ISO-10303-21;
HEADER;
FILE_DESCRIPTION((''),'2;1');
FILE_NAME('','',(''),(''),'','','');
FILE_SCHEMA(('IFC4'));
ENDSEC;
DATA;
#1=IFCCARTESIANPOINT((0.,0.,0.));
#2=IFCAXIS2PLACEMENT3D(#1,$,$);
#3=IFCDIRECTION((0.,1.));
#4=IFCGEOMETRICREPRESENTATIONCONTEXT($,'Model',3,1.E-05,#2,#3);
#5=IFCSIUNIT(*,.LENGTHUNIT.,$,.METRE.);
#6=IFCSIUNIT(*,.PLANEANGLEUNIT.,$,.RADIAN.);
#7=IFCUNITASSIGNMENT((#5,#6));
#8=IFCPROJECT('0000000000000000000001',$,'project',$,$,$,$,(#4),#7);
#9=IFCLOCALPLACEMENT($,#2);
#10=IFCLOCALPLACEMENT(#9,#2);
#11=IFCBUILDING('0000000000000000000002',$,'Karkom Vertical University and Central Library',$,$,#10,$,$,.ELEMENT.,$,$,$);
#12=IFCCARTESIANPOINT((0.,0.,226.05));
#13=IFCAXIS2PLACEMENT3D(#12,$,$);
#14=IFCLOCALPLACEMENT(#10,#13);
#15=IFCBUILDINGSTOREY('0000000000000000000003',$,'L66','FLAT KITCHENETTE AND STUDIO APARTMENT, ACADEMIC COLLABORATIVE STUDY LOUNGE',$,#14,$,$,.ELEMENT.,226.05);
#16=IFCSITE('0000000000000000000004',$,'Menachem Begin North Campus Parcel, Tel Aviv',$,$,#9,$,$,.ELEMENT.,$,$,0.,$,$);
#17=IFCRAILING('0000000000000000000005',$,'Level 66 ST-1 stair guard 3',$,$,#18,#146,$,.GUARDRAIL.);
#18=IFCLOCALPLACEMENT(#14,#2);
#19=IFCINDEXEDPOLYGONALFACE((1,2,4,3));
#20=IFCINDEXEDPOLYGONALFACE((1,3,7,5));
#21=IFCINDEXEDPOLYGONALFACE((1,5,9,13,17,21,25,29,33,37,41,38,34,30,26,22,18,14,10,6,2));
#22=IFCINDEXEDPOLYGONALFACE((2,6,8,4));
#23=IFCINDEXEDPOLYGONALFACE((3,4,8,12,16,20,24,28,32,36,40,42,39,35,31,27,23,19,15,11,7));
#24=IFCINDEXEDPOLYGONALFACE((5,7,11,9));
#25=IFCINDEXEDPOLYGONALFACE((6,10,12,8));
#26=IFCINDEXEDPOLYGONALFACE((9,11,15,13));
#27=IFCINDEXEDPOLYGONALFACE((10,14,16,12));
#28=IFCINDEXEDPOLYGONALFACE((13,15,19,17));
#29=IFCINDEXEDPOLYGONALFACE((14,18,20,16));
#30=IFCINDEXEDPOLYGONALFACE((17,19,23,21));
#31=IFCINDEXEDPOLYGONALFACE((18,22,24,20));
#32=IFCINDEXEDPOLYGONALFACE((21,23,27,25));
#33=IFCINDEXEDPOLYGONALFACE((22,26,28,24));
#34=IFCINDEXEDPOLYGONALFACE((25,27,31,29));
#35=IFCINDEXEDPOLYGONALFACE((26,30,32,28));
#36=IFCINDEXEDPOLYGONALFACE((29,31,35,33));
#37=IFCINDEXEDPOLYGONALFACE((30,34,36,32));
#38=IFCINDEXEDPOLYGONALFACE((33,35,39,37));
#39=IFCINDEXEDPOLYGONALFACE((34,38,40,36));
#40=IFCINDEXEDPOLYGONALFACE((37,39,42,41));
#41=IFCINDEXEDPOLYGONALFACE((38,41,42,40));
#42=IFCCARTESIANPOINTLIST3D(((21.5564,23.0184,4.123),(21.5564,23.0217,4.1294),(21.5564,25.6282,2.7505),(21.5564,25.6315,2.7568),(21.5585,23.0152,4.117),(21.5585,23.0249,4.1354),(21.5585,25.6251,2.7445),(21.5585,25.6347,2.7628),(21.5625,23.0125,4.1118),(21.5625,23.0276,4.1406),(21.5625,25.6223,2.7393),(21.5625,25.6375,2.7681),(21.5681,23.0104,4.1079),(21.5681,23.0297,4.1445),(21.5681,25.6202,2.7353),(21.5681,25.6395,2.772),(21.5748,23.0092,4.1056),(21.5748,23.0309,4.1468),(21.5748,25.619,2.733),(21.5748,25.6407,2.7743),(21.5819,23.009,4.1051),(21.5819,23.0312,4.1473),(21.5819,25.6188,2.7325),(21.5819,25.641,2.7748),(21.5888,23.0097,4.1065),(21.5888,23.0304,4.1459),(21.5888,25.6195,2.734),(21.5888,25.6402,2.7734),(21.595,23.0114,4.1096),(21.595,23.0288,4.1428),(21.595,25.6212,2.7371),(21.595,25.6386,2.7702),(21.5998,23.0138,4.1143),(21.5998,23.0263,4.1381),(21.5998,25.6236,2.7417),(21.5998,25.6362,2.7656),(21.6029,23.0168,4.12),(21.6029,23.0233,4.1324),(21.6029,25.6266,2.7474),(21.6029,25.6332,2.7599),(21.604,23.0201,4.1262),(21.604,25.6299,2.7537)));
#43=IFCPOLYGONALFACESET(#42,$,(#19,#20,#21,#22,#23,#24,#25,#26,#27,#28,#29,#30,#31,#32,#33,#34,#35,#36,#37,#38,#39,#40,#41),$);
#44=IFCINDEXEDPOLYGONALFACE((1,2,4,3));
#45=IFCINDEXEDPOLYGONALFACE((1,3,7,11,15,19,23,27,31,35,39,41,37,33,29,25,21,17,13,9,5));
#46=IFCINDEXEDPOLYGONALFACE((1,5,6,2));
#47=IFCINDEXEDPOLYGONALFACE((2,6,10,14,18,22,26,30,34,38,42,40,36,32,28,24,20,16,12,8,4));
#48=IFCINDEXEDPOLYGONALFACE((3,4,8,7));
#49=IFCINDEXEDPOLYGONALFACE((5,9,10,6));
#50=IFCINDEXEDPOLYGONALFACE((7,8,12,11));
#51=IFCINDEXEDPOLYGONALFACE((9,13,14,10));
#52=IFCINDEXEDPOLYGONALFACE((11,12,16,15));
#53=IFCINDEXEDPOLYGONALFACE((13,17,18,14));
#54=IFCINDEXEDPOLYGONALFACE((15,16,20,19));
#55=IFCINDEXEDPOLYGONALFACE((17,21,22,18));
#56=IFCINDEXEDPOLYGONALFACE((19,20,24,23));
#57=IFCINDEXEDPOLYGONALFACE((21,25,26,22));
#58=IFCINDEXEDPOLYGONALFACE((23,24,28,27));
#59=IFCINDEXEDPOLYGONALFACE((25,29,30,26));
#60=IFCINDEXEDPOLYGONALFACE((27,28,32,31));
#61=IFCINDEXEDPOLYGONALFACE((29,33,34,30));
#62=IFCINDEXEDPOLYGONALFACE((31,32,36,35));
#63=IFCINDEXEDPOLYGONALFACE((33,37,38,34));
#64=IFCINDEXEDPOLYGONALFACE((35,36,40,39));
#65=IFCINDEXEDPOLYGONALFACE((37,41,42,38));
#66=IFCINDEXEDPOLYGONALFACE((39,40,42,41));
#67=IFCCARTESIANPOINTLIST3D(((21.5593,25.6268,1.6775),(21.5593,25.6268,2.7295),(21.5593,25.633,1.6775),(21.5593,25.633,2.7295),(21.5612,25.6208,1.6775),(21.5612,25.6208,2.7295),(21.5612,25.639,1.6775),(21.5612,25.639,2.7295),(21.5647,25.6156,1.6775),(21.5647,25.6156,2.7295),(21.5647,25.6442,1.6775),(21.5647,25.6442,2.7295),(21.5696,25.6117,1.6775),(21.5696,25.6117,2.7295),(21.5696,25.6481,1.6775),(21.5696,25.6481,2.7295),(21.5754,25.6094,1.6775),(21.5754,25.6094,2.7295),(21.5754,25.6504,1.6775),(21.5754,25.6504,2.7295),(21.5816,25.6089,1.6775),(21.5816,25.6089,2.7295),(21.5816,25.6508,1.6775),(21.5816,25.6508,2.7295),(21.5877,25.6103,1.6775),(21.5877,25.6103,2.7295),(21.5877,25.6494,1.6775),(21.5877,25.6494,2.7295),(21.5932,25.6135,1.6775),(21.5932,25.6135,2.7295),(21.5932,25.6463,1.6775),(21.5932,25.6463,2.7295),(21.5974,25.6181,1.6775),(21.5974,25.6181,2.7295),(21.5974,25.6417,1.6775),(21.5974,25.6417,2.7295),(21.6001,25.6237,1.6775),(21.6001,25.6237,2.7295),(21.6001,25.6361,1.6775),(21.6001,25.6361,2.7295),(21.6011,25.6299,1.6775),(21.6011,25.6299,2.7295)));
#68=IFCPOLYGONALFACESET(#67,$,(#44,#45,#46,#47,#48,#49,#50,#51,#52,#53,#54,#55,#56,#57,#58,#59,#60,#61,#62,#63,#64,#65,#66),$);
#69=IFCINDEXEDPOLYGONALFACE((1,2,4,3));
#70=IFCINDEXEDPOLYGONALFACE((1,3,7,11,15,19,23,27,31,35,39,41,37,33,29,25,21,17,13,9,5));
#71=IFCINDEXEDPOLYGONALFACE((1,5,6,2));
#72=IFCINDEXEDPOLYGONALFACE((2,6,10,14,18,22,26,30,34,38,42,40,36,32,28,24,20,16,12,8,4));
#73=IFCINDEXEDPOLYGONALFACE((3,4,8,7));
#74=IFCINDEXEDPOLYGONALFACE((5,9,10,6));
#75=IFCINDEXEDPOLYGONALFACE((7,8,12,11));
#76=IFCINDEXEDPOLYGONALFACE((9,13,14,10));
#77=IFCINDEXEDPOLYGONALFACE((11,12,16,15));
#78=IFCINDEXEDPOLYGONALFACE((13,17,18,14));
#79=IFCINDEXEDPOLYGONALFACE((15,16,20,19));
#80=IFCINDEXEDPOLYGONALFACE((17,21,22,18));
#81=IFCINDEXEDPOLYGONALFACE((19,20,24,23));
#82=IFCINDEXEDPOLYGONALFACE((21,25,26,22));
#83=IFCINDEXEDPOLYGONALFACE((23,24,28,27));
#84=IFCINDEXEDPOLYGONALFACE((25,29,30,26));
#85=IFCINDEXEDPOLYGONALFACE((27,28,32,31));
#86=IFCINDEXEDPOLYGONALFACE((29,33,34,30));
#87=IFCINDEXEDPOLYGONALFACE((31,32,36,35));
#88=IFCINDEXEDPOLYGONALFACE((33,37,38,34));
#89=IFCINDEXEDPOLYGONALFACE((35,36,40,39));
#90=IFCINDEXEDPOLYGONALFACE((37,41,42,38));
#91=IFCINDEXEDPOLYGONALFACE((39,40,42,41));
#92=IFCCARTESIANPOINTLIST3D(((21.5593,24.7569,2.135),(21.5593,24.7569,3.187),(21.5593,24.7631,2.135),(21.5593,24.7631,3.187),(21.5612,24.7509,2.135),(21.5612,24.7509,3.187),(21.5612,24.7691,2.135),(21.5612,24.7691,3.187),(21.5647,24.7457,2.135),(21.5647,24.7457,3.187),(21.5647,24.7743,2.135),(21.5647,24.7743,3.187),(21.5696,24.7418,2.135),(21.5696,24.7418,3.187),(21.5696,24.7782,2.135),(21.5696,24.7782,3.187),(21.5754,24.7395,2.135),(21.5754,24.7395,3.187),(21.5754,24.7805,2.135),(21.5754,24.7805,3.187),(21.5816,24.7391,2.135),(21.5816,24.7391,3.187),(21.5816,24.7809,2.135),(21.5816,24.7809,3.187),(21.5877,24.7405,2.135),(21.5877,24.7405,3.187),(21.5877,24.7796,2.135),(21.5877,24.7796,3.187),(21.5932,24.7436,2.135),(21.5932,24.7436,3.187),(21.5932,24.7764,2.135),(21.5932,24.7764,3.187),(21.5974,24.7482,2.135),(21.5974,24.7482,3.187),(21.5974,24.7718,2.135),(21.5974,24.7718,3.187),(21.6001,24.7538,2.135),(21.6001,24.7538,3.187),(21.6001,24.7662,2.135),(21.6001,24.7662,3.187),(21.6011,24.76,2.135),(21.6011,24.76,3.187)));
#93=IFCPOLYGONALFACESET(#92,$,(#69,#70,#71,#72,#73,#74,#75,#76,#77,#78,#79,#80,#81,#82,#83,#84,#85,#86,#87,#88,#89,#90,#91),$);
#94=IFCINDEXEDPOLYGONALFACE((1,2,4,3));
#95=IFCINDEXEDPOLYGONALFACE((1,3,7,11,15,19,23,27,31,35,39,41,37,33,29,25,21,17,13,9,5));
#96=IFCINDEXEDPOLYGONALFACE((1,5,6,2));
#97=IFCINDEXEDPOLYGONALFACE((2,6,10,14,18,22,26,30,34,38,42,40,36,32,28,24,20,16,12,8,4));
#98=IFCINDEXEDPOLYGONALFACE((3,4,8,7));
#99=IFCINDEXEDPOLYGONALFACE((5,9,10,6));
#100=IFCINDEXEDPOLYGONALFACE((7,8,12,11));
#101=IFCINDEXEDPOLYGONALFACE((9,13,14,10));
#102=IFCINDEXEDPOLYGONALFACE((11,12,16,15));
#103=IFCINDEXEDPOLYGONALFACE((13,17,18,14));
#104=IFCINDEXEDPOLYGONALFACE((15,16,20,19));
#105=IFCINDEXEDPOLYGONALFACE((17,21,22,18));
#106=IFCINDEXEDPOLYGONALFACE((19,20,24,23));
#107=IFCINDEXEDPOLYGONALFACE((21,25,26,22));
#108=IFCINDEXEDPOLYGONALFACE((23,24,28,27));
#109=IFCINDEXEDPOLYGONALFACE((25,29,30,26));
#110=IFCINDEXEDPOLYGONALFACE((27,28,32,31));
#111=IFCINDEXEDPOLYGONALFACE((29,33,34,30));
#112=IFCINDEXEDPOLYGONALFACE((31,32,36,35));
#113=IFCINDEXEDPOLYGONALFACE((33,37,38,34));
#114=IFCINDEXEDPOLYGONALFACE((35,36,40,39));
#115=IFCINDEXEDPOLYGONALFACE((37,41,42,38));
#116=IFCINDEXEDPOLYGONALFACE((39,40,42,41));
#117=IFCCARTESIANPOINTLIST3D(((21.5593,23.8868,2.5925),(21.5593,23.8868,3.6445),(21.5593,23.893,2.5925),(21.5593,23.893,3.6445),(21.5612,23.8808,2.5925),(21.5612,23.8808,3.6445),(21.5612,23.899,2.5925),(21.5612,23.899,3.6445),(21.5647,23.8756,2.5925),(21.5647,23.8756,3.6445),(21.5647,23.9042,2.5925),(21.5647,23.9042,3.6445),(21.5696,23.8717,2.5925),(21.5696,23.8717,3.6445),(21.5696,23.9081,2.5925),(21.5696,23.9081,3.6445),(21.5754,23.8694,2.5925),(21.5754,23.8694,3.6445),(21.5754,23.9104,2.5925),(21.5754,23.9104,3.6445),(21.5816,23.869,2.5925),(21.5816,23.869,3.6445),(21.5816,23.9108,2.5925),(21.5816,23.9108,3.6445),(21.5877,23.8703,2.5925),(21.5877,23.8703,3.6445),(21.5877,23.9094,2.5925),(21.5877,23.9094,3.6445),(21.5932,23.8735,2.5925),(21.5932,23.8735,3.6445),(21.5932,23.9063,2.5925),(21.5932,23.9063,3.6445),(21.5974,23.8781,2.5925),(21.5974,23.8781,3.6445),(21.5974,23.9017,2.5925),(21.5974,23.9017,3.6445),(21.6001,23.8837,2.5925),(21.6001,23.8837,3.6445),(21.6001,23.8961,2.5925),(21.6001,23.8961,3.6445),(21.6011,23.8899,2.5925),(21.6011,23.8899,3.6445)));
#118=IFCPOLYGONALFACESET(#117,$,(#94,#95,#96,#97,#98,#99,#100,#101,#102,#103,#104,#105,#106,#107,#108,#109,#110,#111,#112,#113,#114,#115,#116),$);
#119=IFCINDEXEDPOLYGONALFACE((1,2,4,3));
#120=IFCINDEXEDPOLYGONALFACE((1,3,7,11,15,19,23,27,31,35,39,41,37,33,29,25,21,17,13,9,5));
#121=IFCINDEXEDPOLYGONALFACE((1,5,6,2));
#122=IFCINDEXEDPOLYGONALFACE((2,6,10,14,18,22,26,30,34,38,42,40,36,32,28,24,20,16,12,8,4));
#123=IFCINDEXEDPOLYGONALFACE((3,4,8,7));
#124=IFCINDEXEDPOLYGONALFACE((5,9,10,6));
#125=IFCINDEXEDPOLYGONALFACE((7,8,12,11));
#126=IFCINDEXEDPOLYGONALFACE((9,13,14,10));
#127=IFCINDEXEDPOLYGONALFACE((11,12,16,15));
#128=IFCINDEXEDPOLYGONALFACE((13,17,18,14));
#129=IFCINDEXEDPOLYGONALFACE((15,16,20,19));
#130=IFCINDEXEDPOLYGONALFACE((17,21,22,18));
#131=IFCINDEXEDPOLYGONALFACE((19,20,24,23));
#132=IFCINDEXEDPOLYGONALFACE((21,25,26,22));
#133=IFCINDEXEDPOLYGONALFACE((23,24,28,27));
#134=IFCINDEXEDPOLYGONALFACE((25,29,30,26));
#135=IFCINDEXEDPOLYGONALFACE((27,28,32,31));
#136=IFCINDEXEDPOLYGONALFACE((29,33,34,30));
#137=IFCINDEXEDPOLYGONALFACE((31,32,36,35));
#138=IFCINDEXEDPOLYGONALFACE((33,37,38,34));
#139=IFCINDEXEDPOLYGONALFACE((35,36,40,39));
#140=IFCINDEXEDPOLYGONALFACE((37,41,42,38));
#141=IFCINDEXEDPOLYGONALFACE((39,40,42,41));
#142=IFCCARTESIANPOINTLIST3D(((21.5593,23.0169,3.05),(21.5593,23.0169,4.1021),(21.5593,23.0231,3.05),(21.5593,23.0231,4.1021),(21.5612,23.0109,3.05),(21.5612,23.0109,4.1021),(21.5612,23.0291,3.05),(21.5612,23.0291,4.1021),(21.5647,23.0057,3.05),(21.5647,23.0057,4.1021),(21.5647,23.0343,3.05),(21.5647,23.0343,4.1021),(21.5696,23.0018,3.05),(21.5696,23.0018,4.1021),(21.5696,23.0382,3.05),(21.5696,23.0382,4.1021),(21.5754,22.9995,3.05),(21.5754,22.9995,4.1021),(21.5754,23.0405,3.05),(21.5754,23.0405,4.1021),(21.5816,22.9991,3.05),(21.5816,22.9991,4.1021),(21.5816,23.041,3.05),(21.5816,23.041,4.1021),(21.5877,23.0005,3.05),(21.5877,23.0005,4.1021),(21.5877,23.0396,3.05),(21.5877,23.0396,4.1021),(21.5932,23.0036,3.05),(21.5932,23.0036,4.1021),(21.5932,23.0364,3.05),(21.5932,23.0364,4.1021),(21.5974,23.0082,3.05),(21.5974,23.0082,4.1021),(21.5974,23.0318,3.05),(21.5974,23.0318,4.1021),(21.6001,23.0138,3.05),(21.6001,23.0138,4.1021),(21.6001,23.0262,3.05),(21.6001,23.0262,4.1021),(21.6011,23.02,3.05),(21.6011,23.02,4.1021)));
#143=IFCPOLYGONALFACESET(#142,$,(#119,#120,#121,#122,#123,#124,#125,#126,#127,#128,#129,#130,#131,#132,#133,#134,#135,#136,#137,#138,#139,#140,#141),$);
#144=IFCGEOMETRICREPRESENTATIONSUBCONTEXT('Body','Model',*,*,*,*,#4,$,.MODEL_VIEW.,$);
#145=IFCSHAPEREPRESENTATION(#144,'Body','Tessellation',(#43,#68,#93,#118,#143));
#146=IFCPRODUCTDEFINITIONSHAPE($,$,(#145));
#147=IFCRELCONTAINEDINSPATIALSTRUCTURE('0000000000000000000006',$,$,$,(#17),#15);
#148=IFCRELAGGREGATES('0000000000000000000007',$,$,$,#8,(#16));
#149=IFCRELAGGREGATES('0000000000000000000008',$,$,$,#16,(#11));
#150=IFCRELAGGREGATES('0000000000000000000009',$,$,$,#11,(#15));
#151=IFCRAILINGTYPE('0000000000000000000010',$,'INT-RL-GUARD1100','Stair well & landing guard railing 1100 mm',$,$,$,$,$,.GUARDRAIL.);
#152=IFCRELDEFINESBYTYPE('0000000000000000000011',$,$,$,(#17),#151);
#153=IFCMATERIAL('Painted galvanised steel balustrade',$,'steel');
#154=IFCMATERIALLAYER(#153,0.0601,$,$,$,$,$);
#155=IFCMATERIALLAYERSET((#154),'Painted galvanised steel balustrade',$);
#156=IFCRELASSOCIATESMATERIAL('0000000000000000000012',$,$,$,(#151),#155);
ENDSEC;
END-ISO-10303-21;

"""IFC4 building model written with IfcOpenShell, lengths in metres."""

from ifc_helpers import new_model, si_unit, direction, frame, origin, origin_2d, place, context, subcontext, project, spatial, circle, extrude, material, layer, layer_set, type_object, element, save


model = new_model("IFC4")

# Units and contexts
model_context = context("Model", 3, precision=1e-05, world=origin(), true_north=direction((0.0, 1.0)))
body_context = subcontext(model_context, "Body", "Model", "MODEL_VIEW")
ifc_project = project(units=[si_unit("LENGTHUNIT", "METRE"), si_unit("PLANEANGLEUNIT", "RADIAN")], contexts=[model_context])

# Site, building, storey
site_placement = place(None, origin())
site = spatial("IfcSite", under=ifc_project, at=site_placement, Name="Menachem Begin North Campus Parcel, Tel Aviv", CompositionType="ELEMENT", RefElevation=0.0)
building_placement = place(site_placement, origin())
building = spatial("IfcBuilding", under=site, at=building_placement, Name="Karkom Vertical University and Central Library", CompositionType="ELEMENT")
storey_placement = place(building_placement, frame((0.0, 0.0, 226.05)))
storey = spatial("IfcBuildingStorey", under=building, at=storey_placement, Name="L66", Description="FLAT KITCHENETTE AND STUDIO APARTMENT, ACADEMIC COLLABORATIVE STUDY LOUNGE", CompositionType="ELEMENT", Elevation=226.05)

# Railing
ifc_material_1 = material(Name="Painted galvanised steel balustrade", Category="steel")
ifc_layer_1 = layer(ifc_material_1, 0.0601)
ifc_layer_set_1 = layer_set([ifc_layer_1], Name="Painted galvanised steel balustrade")
railing_type_1 = type_object("IfcRailingType", Name="INT-RL-GUARD1100", Description="Stair well & landing guard railing 1100 mm", PredefinedType="GUARDRAIL", material=ifc_layer_set_1)
railing_1_placement = place(storey_placement, frame((21.5801, 25.6299, 1.6775)))
element("IfcRailing", 1, at=railing_1_placement, inside=storey, type_object=railing_type_1, Name="Level 66 ST-1 stair guard 3", PredefinedType="GUARDRAIL", context=body_context, shape_type="SweptSolid", body=[
    extrude(circle(Radius=0.0239, at=origin_2d()), frame((0.0, 0.0, 1.0762), z_axis=(0.0, -0.885065, 0.465467), x_axis=(1.0, 0.0, 0.0)), (0.0, 0.0, 1.0), 2.9487),
    extrude(circle(Radius=0.021, at=origin_2d()), origin(), (0.0, 0.0, 1.0), 1.052),
    extrude(circle(Radius=0.021, at=origin_2d()), frame((0.0, -0.8699, 0.4575)), (0.0, 0.0, 1.0), 1.052),
    extrude(circle(Radius=0.021, at=origin_2d()), frame((0.0, -1.74, 0.915)), (0.0, 0.0, 1.0), 1.052),
    extrude(circle(Radius=0.021, at=origin_2d()), frame((0.0, -2.6099, 1.3726)), (0.0, 0.0, 1.0), 1.052),
])

save(model, "model.ifc")
